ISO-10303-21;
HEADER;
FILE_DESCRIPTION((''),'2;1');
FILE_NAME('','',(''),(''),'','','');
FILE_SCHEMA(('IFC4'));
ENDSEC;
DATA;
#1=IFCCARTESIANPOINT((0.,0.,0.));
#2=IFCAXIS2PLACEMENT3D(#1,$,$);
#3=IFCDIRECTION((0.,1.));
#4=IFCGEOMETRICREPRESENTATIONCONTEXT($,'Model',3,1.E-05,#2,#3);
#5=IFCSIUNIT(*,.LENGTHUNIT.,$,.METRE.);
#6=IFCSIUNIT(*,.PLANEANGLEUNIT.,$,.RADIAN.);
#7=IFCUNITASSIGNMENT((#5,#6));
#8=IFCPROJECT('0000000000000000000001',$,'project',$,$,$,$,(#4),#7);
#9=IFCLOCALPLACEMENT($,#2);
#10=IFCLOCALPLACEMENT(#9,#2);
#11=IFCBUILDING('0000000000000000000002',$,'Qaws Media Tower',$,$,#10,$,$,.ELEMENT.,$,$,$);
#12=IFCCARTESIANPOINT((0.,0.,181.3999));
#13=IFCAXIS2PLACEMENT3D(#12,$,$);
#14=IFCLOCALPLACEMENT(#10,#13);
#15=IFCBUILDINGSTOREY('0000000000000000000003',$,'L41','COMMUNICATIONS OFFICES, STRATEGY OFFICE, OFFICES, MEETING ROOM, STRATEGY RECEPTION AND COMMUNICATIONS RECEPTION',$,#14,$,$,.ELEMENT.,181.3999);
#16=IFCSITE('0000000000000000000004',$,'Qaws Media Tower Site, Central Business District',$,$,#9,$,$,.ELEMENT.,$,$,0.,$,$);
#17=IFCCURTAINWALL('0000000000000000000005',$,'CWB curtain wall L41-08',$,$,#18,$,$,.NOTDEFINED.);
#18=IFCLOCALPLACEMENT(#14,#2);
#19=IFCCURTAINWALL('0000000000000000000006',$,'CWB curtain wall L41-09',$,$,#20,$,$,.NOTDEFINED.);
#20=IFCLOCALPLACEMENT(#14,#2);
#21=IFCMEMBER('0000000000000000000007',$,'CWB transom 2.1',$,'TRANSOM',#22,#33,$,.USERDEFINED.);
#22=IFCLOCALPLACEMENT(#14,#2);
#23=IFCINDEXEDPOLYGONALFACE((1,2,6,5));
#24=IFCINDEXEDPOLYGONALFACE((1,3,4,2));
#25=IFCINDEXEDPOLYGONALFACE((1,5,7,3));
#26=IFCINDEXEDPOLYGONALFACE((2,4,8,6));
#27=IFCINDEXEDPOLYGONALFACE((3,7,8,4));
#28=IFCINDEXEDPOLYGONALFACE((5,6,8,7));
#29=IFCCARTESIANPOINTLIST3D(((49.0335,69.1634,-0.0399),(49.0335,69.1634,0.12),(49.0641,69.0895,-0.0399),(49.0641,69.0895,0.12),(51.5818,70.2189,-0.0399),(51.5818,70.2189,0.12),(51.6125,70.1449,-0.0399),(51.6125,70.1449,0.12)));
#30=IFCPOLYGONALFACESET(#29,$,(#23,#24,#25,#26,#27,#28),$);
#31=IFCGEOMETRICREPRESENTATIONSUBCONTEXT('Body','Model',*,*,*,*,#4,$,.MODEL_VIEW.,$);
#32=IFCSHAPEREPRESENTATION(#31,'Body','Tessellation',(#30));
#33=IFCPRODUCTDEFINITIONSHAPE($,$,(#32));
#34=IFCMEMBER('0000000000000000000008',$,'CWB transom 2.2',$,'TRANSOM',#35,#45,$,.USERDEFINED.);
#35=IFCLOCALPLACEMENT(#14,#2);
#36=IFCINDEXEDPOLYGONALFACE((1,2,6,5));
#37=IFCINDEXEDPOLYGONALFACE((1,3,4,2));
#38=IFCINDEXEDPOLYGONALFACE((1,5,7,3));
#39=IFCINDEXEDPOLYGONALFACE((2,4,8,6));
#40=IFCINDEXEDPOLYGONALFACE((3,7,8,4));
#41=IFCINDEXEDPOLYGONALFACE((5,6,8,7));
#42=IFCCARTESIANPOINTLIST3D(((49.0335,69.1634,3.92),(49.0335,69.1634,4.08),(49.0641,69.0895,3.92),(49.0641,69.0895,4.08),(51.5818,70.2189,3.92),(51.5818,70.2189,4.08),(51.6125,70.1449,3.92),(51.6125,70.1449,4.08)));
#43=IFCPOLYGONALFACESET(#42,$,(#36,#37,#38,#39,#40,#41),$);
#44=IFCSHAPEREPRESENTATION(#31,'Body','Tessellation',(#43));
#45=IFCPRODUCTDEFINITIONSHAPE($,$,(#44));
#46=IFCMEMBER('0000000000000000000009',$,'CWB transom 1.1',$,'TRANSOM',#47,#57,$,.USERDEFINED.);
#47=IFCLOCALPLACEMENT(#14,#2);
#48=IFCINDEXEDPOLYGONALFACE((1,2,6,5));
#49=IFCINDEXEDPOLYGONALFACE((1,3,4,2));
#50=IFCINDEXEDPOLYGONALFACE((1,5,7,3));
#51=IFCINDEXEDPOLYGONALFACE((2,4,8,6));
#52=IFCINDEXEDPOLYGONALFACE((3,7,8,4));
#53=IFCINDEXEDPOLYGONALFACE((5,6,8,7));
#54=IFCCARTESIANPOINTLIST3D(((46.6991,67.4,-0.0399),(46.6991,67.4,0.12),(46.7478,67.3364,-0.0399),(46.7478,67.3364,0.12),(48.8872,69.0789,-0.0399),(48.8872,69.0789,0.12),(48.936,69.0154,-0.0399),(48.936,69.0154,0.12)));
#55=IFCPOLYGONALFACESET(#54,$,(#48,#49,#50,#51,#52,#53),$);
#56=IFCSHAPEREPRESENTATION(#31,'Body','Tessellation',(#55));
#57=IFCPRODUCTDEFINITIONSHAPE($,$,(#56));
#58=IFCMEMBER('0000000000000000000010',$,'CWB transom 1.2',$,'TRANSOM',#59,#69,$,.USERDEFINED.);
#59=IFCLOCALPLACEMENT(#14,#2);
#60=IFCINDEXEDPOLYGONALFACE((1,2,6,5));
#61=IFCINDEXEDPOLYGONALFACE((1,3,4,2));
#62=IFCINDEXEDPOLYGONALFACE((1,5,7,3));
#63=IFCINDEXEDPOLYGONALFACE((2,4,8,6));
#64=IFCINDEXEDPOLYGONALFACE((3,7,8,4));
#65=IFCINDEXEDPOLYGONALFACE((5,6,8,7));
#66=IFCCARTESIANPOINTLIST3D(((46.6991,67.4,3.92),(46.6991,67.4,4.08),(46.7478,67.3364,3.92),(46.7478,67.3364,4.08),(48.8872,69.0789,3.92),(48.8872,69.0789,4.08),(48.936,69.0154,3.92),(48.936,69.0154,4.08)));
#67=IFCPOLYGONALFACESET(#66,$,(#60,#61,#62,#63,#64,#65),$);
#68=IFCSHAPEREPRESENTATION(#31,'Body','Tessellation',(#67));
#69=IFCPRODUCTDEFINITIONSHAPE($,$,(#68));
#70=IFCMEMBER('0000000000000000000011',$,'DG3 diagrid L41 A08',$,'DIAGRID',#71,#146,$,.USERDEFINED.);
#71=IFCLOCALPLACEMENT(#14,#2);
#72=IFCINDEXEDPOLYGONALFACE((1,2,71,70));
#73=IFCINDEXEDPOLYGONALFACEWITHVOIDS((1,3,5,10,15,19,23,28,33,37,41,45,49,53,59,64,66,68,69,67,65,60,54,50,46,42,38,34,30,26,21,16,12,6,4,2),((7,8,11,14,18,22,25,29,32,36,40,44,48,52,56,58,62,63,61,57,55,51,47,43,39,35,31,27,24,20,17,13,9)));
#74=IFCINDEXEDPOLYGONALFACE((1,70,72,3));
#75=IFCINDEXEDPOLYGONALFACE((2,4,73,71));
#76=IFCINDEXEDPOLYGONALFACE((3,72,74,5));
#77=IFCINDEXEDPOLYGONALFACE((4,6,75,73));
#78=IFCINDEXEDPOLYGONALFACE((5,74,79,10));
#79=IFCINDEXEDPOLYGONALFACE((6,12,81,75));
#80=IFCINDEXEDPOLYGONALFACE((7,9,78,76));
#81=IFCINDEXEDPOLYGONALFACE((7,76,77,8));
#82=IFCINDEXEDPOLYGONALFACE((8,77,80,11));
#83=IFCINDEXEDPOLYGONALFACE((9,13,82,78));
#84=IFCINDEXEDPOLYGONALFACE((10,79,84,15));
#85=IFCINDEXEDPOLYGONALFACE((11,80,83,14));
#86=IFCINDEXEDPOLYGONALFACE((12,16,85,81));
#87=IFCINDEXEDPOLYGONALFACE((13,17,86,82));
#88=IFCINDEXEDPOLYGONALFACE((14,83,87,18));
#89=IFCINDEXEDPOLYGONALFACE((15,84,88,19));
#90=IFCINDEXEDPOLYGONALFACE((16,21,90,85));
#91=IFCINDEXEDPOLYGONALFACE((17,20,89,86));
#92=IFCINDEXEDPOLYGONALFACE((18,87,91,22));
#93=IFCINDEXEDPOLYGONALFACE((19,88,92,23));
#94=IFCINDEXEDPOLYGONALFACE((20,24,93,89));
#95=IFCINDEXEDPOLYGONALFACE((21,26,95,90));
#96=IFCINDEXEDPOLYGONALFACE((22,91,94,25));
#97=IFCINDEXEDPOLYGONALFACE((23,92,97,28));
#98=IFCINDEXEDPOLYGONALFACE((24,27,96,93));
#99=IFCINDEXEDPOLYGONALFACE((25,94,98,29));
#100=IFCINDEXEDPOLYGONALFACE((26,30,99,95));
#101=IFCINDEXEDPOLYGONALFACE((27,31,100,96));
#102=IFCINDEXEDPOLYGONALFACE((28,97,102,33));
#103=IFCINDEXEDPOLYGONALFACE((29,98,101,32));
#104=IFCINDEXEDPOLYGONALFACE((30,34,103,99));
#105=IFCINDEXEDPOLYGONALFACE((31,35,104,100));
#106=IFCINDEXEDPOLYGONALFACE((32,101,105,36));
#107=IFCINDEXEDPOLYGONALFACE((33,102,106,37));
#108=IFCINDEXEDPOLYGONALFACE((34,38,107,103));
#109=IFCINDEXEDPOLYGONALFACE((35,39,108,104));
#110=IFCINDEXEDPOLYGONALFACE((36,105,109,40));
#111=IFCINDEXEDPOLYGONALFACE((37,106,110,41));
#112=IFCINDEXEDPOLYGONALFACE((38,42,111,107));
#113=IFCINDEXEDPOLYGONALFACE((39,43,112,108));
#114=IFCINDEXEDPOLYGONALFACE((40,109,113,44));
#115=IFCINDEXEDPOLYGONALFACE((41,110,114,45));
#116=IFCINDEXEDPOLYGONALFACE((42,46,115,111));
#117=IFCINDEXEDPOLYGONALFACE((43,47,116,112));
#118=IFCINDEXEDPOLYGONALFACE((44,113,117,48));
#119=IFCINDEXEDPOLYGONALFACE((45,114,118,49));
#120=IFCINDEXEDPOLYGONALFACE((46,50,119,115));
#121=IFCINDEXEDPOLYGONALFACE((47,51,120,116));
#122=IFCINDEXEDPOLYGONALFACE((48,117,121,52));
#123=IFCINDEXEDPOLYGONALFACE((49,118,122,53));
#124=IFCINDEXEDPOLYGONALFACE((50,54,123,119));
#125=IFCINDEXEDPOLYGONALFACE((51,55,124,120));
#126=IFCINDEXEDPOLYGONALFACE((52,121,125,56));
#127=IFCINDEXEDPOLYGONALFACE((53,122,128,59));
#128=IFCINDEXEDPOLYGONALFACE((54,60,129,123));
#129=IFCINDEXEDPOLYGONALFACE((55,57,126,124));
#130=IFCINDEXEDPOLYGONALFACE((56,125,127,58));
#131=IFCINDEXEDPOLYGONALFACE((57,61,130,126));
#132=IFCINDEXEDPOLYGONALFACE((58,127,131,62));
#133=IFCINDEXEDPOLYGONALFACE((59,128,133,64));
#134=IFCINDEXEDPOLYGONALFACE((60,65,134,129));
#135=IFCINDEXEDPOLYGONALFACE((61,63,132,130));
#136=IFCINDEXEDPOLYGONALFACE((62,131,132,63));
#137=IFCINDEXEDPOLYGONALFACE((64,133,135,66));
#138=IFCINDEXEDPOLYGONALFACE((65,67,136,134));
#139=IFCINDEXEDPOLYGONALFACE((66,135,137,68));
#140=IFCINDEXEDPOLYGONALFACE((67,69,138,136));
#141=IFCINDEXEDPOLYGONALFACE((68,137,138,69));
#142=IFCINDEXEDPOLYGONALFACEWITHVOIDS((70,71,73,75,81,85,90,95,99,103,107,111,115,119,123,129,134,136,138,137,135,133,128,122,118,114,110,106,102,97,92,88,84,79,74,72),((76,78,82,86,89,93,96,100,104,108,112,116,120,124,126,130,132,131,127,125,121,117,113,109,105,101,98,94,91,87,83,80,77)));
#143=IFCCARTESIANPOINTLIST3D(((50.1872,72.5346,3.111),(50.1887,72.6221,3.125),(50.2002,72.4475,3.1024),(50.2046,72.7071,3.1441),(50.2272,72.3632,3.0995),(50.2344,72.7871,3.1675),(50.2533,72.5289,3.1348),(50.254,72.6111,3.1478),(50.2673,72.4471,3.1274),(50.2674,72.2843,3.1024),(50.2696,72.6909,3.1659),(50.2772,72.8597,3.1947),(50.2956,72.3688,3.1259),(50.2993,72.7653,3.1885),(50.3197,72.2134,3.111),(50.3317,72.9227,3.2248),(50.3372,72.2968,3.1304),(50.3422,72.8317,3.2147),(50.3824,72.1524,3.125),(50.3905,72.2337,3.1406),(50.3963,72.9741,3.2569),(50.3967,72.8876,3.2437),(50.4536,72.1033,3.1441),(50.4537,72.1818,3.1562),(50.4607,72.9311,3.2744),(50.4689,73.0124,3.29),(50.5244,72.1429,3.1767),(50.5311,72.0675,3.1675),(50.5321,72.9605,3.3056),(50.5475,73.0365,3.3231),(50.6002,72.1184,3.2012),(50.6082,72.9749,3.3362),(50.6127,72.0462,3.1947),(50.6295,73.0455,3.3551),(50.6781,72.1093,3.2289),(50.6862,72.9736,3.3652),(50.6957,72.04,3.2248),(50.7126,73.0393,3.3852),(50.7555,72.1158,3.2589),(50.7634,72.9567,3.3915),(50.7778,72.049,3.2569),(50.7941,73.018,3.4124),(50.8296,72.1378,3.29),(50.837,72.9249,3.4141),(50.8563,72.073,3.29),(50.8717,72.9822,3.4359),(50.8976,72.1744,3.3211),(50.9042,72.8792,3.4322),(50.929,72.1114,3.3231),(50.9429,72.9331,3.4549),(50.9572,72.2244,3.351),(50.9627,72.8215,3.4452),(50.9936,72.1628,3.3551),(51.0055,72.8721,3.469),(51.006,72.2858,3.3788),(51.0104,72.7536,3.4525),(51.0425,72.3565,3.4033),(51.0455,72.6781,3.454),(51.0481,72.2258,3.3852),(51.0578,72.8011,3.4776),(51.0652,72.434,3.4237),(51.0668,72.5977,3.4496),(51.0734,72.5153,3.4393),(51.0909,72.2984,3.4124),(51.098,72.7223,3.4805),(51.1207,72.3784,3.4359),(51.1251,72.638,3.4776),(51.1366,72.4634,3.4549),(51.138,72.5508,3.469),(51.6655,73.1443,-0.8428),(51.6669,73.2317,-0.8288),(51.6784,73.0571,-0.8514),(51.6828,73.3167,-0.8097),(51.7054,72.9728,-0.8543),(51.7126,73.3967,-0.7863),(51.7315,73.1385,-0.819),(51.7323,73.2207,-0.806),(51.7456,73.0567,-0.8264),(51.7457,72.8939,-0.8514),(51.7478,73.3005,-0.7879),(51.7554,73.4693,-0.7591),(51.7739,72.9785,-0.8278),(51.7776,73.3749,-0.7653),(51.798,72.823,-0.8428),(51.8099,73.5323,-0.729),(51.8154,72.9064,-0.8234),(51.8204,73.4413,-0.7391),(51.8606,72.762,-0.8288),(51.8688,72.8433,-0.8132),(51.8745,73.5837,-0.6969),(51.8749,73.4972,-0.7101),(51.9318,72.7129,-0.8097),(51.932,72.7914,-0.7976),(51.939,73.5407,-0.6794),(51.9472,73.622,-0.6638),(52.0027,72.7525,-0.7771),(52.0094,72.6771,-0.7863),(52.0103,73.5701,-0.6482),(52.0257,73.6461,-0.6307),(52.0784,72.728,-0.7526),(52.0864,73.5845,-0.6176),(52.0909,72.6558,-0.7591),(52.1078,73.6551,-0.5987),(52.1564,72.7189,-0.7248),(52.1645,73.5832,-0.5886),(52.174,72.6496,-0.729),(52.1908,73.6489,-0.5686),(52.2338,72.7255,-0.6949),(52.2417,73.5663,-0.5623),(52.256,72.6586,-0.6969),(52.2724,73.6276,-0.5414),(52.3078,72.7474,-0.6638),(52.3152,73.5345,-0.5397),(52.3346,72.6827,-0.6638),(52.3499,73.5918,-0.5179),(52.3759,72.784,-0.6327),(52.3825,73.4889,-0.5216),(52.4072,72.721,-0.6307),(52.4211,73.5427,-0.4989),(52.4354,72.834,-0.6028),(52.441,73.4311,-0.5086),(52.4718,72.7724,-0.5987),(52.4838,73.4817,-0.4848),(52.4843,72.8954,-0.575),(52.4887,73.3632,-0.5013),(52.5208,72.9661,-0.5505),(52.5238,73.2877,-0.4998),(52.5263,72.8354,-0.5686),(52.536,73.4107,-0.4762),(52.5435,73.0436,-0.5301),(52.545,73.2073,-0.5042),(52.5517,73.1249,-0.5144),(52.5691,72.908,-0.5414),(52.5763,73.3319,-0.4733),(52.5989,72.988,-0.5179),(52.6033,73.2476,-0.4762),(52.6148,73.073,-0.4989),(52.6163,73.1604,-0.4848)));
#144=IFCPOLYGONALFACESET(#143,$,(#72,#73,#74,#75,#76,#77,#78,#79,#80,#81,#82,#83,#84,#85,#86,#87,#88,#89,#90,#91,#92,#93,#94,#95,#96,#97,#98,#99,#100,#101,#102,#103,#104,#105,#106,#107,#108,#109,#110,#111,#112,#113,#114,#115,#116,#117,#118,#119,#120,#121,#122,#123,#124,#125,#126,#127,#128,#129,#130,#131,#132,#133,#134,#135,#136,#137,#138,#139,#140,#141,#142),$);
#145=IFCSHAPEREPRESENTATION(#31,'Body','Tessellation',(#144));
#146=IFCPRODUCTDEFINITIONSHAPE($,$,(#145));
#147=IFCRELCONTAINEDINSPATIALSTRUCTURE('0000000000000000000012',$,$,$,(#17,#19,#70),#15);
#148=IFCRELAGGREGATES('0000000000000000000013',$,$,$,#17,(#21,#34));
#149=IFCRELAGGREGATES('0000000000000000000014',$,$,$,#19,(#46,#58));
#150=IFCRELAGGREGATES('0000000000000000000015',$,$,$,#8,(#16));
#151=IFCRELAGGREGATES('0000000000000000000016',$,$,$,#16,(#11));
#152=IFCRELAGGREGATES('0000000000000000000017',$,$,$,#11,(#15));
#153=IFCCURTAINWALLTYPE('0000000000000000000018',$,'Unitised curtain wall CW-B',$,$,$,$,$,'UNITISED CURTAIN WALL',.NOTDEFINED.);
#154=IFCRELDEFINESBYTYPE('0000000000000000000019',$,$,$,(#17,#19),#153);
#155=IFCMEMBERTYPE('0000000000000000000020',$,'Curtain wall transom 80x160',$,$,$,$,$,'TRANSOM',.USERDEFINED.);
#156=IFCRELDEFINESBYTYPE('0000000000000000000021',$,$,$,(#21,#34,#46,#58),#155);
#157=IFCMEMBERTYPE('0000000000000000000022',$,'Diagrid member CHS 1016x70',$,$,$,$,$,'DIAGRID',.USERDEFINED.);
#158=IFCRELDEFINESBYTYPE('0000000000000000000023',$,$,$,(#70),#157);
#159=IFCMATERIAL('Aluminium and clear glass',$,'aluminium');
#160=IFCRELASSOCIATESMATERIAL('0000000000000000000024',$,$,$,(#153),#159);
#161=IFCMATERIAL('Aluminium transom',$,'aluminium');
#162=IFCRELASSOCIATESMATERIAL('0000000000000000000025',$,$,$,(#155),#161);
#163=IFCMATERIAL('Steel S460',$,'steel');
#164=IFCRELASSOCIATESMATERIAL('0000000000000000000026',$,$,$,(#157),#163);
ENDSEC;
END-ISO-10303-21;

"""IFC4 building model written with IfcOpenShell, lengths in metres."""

from ifc_helpers import new_model, si_unit, direction, frame, origin, origin_2d, place, context, subcontext, project, spatial, rectangle, hollow_circle, extrude, material, material_profile, profile_set, type_object, element, aggregate, save


model = new_model("IFC4")

# Units and contexts
model_context = context("Model", 3, precision=1e-05, world=origin(), true_north=direction((0.0, 1.0)))
body_context = subcontext(model_context, "Body", "Model", "MODEL_VIEW")
ifc_project = project(units=[si_unit("LENGTHUNIT", "METRE"), si_unit("PLANEANGLEUNIT", "RADIAN")], contexts=[model_context])

# Site, building, storey
site_placement = place(None, origin())
site = spatial("IfcSite", under=ifc_project, at=site_placement, Name="Qaws Media Tower Site, Central Business District", CompositionType="ELEMENT", RefElevation=0.0)
building_placement = place(site_placement, origin())
building = spatial("IfcBuilding", under=site, at=building_placement, Name="Qaws Media Tower", CompositionType="ELEMENT")
storey_placement = place(building_placement, frame((0.0, 0.0, 181.3999)))
storey = spatial("IfcBuildingStorey", under=building, at=storey_placement, Name="L41", Description="COMMUNICATIONS OFFICES, STRATEGY OFFICE, OFFICES, MEETING ROOM, STRATEGY RECEPTION AND COMMUNICATIONS RECEPTION", CompositionType="ELEMENT", Elevation=181.3999)

# Curtain wall
ifc_material_1 = material(Name="Aluminium and clear glass", Category="aluminium")
curtain_wall_type = type_object("IfcCurtainWallType", Name="Unitised curtain wall CW-B", ElementType="UNITISED CURTAIN WALL", PredefinedType="NOTDEFINED", material=ifc_material_1)
curtain_wall_1_placement = place(storey_placement, origin())
curtain_wall_1 = element("IfcCurtainWall", 1, at=curtain_wall_1_placement, inside=storey, type_object=curtain_wall_type, Name="CWB curtain wall L41-08", PredefinedType="NOTDEFINED")

# Curtain wall
curtain_wall_2_placement = place(storey_placement, origin())
curtain_wall_2 = element("IfcCurtainWall", 2, at=curtain_wall_2_placement, inside=storey, type_object=curtain_wall_type, Name="CWB curtain wall L41-09", PredefinedType="NOTDEFINED")

# Members
ifc_material_2 = material(Name="Aluminium transom", Category="aluminium")
ifc_material_profile_1 = material_profile(ifc_material_2, rectangle(XDim=0.0801, YDim=0.1599, at=origin_2d()), Name="80x160")
ifc_profile_set_1 = profile_set([ifc_material_profile_1], Name="Aluminium transom")
member_type_1 = type_object("IfcMemberType", Name="Curtain wall transom 80x160", ElementType="TRANSOM", PredefinedType="USERDEFINED", material=ifc_profile_set_1)
member_1_placement = place(storey_placement, frame((51.5972, 70.1819, 0.04), z_axis=(-0.923897, -0.382641, 0.0), x_axis=(0.382641, -0.923897, 0.0)))
member_1 = element("IfcMember", 3, at=member_1_placement, type_object=member_type_1, Name="CWB transom 2.1", ObjectType="TRANSOM", PredefinedType="USERDEFINED", context=body_context, shape_type="SweptSolid", body=[
    extrude(rectangle(XDim=0.0801, YDim=0.1599, at=origin_2d()), origin(), (0.0, 0.0, 1.0), 2.7583),
])
member_2_placement = place(storey_placement, frame((51.5972, 70.1819, 4.0), z_axis=(-0.923897, -0.382641, 0.0), x_axis=(0.382641, -0.923897, 0.0)))
member_2 = element("IfcMember", 4, at=member_2_placement, type_object=member_type_1, Name="CWB transom 2.2", ObjectType="TRANSOM", PredefinedType="USERDEFINED", context=body_context, shape_type="SweptSolid", body=[
    extrude(rectangle(XDim=0.0801, YDim=0.1599, at=origin_2d()), origin(), (0.0, 0.0, 1.0), 2.7583),
])
member_3_placement = place(storey_placement, frame((48.9116, 69.0471, 0.04), z_axis=(-0.793377, -0.608731, 0.0), x_axis=(0.608731, -0.793377, 0.0)))
member_3 = element("IfcMember", 5, at=member_3_placement, type_object=member_type_1, Name="CWB transom 1.1", ObjectType="TRANSOM", PredefinedType="USERDEFINED", context=body_context, shape_type="SweptSolid", body=[
    extrude(rectangle(XDim=0.0801, YDim=0.1599, at=origin_2d()), origin(), (0.0, 0.0, 1.0), 2.7581),
])
member_4_placement = place(storey_placement, frame((48.9116, 69.0471, 4.0), z_axis=(-0.793377, -0.608731, 0.0), x_axis=(0.608731, -0.793377, 0.0)))
member_4 = element("IfcMember", 6, at=member_4_placement, type_object=member_type_1, Name="CWB transom 1.2", ObjectType="TRANSOM", PredefinedType="USERDEFINED", context=body_context, shape_type="SweptSolid", body=[
    extrude(rectangle(XDim=0.0801, YDim=0.1599, at=origin_2d()), origin(), (0.0, 0.0, 1.0), 2.7581),
])

# Member
ifc_material_3 = material(Name="Steel S460", Category="steel")
ifc_material_profile_2 = material_profile(ifc_material_3, hollow_circle(Radius=0.5081, WallThickness=0.0701, at=origin_2d()), Name="CHS 1016x70")
ifc_profile_set_2 = profile_set([ifc_material_profile_2], Name="Steel S460")
member_type_2 = type_object("IfcMemberType", Name="Diagrid member CHS 1016x70", ElementType="DIAGRID", PredefinedType="USERDEFINED", material=ifc_profile_set_2)
member_5_placement = place(storey_placement, frame((52.1409, 73.1523, -0.6638), z_axis=(-0.346608, -0.142937, 0.927055), x_axis=(0.381241, -0.924476, 0.0)))
element("IfcMember", 7, at=member_5_placement, inside=storey, type_object=member_type_2, Name="DG3 diagrid L41 A08", ObjectType="DIAGRID", PredefinedType="USERDEFINED", context=body_context, shape_type="SweptSolid", body=[
    extrude(hollow_circle(Radius=0.5081, WallThickness=0.0701, at=origin_2d()), origin(), (0.0, 0.0, 1.0), 4.2649),
])

aggregate(curtain_wall_1, [member_1, member_2])
aggregate(curtain_wall_2, [member_3, member_4])

save(model, "model.ifc")
